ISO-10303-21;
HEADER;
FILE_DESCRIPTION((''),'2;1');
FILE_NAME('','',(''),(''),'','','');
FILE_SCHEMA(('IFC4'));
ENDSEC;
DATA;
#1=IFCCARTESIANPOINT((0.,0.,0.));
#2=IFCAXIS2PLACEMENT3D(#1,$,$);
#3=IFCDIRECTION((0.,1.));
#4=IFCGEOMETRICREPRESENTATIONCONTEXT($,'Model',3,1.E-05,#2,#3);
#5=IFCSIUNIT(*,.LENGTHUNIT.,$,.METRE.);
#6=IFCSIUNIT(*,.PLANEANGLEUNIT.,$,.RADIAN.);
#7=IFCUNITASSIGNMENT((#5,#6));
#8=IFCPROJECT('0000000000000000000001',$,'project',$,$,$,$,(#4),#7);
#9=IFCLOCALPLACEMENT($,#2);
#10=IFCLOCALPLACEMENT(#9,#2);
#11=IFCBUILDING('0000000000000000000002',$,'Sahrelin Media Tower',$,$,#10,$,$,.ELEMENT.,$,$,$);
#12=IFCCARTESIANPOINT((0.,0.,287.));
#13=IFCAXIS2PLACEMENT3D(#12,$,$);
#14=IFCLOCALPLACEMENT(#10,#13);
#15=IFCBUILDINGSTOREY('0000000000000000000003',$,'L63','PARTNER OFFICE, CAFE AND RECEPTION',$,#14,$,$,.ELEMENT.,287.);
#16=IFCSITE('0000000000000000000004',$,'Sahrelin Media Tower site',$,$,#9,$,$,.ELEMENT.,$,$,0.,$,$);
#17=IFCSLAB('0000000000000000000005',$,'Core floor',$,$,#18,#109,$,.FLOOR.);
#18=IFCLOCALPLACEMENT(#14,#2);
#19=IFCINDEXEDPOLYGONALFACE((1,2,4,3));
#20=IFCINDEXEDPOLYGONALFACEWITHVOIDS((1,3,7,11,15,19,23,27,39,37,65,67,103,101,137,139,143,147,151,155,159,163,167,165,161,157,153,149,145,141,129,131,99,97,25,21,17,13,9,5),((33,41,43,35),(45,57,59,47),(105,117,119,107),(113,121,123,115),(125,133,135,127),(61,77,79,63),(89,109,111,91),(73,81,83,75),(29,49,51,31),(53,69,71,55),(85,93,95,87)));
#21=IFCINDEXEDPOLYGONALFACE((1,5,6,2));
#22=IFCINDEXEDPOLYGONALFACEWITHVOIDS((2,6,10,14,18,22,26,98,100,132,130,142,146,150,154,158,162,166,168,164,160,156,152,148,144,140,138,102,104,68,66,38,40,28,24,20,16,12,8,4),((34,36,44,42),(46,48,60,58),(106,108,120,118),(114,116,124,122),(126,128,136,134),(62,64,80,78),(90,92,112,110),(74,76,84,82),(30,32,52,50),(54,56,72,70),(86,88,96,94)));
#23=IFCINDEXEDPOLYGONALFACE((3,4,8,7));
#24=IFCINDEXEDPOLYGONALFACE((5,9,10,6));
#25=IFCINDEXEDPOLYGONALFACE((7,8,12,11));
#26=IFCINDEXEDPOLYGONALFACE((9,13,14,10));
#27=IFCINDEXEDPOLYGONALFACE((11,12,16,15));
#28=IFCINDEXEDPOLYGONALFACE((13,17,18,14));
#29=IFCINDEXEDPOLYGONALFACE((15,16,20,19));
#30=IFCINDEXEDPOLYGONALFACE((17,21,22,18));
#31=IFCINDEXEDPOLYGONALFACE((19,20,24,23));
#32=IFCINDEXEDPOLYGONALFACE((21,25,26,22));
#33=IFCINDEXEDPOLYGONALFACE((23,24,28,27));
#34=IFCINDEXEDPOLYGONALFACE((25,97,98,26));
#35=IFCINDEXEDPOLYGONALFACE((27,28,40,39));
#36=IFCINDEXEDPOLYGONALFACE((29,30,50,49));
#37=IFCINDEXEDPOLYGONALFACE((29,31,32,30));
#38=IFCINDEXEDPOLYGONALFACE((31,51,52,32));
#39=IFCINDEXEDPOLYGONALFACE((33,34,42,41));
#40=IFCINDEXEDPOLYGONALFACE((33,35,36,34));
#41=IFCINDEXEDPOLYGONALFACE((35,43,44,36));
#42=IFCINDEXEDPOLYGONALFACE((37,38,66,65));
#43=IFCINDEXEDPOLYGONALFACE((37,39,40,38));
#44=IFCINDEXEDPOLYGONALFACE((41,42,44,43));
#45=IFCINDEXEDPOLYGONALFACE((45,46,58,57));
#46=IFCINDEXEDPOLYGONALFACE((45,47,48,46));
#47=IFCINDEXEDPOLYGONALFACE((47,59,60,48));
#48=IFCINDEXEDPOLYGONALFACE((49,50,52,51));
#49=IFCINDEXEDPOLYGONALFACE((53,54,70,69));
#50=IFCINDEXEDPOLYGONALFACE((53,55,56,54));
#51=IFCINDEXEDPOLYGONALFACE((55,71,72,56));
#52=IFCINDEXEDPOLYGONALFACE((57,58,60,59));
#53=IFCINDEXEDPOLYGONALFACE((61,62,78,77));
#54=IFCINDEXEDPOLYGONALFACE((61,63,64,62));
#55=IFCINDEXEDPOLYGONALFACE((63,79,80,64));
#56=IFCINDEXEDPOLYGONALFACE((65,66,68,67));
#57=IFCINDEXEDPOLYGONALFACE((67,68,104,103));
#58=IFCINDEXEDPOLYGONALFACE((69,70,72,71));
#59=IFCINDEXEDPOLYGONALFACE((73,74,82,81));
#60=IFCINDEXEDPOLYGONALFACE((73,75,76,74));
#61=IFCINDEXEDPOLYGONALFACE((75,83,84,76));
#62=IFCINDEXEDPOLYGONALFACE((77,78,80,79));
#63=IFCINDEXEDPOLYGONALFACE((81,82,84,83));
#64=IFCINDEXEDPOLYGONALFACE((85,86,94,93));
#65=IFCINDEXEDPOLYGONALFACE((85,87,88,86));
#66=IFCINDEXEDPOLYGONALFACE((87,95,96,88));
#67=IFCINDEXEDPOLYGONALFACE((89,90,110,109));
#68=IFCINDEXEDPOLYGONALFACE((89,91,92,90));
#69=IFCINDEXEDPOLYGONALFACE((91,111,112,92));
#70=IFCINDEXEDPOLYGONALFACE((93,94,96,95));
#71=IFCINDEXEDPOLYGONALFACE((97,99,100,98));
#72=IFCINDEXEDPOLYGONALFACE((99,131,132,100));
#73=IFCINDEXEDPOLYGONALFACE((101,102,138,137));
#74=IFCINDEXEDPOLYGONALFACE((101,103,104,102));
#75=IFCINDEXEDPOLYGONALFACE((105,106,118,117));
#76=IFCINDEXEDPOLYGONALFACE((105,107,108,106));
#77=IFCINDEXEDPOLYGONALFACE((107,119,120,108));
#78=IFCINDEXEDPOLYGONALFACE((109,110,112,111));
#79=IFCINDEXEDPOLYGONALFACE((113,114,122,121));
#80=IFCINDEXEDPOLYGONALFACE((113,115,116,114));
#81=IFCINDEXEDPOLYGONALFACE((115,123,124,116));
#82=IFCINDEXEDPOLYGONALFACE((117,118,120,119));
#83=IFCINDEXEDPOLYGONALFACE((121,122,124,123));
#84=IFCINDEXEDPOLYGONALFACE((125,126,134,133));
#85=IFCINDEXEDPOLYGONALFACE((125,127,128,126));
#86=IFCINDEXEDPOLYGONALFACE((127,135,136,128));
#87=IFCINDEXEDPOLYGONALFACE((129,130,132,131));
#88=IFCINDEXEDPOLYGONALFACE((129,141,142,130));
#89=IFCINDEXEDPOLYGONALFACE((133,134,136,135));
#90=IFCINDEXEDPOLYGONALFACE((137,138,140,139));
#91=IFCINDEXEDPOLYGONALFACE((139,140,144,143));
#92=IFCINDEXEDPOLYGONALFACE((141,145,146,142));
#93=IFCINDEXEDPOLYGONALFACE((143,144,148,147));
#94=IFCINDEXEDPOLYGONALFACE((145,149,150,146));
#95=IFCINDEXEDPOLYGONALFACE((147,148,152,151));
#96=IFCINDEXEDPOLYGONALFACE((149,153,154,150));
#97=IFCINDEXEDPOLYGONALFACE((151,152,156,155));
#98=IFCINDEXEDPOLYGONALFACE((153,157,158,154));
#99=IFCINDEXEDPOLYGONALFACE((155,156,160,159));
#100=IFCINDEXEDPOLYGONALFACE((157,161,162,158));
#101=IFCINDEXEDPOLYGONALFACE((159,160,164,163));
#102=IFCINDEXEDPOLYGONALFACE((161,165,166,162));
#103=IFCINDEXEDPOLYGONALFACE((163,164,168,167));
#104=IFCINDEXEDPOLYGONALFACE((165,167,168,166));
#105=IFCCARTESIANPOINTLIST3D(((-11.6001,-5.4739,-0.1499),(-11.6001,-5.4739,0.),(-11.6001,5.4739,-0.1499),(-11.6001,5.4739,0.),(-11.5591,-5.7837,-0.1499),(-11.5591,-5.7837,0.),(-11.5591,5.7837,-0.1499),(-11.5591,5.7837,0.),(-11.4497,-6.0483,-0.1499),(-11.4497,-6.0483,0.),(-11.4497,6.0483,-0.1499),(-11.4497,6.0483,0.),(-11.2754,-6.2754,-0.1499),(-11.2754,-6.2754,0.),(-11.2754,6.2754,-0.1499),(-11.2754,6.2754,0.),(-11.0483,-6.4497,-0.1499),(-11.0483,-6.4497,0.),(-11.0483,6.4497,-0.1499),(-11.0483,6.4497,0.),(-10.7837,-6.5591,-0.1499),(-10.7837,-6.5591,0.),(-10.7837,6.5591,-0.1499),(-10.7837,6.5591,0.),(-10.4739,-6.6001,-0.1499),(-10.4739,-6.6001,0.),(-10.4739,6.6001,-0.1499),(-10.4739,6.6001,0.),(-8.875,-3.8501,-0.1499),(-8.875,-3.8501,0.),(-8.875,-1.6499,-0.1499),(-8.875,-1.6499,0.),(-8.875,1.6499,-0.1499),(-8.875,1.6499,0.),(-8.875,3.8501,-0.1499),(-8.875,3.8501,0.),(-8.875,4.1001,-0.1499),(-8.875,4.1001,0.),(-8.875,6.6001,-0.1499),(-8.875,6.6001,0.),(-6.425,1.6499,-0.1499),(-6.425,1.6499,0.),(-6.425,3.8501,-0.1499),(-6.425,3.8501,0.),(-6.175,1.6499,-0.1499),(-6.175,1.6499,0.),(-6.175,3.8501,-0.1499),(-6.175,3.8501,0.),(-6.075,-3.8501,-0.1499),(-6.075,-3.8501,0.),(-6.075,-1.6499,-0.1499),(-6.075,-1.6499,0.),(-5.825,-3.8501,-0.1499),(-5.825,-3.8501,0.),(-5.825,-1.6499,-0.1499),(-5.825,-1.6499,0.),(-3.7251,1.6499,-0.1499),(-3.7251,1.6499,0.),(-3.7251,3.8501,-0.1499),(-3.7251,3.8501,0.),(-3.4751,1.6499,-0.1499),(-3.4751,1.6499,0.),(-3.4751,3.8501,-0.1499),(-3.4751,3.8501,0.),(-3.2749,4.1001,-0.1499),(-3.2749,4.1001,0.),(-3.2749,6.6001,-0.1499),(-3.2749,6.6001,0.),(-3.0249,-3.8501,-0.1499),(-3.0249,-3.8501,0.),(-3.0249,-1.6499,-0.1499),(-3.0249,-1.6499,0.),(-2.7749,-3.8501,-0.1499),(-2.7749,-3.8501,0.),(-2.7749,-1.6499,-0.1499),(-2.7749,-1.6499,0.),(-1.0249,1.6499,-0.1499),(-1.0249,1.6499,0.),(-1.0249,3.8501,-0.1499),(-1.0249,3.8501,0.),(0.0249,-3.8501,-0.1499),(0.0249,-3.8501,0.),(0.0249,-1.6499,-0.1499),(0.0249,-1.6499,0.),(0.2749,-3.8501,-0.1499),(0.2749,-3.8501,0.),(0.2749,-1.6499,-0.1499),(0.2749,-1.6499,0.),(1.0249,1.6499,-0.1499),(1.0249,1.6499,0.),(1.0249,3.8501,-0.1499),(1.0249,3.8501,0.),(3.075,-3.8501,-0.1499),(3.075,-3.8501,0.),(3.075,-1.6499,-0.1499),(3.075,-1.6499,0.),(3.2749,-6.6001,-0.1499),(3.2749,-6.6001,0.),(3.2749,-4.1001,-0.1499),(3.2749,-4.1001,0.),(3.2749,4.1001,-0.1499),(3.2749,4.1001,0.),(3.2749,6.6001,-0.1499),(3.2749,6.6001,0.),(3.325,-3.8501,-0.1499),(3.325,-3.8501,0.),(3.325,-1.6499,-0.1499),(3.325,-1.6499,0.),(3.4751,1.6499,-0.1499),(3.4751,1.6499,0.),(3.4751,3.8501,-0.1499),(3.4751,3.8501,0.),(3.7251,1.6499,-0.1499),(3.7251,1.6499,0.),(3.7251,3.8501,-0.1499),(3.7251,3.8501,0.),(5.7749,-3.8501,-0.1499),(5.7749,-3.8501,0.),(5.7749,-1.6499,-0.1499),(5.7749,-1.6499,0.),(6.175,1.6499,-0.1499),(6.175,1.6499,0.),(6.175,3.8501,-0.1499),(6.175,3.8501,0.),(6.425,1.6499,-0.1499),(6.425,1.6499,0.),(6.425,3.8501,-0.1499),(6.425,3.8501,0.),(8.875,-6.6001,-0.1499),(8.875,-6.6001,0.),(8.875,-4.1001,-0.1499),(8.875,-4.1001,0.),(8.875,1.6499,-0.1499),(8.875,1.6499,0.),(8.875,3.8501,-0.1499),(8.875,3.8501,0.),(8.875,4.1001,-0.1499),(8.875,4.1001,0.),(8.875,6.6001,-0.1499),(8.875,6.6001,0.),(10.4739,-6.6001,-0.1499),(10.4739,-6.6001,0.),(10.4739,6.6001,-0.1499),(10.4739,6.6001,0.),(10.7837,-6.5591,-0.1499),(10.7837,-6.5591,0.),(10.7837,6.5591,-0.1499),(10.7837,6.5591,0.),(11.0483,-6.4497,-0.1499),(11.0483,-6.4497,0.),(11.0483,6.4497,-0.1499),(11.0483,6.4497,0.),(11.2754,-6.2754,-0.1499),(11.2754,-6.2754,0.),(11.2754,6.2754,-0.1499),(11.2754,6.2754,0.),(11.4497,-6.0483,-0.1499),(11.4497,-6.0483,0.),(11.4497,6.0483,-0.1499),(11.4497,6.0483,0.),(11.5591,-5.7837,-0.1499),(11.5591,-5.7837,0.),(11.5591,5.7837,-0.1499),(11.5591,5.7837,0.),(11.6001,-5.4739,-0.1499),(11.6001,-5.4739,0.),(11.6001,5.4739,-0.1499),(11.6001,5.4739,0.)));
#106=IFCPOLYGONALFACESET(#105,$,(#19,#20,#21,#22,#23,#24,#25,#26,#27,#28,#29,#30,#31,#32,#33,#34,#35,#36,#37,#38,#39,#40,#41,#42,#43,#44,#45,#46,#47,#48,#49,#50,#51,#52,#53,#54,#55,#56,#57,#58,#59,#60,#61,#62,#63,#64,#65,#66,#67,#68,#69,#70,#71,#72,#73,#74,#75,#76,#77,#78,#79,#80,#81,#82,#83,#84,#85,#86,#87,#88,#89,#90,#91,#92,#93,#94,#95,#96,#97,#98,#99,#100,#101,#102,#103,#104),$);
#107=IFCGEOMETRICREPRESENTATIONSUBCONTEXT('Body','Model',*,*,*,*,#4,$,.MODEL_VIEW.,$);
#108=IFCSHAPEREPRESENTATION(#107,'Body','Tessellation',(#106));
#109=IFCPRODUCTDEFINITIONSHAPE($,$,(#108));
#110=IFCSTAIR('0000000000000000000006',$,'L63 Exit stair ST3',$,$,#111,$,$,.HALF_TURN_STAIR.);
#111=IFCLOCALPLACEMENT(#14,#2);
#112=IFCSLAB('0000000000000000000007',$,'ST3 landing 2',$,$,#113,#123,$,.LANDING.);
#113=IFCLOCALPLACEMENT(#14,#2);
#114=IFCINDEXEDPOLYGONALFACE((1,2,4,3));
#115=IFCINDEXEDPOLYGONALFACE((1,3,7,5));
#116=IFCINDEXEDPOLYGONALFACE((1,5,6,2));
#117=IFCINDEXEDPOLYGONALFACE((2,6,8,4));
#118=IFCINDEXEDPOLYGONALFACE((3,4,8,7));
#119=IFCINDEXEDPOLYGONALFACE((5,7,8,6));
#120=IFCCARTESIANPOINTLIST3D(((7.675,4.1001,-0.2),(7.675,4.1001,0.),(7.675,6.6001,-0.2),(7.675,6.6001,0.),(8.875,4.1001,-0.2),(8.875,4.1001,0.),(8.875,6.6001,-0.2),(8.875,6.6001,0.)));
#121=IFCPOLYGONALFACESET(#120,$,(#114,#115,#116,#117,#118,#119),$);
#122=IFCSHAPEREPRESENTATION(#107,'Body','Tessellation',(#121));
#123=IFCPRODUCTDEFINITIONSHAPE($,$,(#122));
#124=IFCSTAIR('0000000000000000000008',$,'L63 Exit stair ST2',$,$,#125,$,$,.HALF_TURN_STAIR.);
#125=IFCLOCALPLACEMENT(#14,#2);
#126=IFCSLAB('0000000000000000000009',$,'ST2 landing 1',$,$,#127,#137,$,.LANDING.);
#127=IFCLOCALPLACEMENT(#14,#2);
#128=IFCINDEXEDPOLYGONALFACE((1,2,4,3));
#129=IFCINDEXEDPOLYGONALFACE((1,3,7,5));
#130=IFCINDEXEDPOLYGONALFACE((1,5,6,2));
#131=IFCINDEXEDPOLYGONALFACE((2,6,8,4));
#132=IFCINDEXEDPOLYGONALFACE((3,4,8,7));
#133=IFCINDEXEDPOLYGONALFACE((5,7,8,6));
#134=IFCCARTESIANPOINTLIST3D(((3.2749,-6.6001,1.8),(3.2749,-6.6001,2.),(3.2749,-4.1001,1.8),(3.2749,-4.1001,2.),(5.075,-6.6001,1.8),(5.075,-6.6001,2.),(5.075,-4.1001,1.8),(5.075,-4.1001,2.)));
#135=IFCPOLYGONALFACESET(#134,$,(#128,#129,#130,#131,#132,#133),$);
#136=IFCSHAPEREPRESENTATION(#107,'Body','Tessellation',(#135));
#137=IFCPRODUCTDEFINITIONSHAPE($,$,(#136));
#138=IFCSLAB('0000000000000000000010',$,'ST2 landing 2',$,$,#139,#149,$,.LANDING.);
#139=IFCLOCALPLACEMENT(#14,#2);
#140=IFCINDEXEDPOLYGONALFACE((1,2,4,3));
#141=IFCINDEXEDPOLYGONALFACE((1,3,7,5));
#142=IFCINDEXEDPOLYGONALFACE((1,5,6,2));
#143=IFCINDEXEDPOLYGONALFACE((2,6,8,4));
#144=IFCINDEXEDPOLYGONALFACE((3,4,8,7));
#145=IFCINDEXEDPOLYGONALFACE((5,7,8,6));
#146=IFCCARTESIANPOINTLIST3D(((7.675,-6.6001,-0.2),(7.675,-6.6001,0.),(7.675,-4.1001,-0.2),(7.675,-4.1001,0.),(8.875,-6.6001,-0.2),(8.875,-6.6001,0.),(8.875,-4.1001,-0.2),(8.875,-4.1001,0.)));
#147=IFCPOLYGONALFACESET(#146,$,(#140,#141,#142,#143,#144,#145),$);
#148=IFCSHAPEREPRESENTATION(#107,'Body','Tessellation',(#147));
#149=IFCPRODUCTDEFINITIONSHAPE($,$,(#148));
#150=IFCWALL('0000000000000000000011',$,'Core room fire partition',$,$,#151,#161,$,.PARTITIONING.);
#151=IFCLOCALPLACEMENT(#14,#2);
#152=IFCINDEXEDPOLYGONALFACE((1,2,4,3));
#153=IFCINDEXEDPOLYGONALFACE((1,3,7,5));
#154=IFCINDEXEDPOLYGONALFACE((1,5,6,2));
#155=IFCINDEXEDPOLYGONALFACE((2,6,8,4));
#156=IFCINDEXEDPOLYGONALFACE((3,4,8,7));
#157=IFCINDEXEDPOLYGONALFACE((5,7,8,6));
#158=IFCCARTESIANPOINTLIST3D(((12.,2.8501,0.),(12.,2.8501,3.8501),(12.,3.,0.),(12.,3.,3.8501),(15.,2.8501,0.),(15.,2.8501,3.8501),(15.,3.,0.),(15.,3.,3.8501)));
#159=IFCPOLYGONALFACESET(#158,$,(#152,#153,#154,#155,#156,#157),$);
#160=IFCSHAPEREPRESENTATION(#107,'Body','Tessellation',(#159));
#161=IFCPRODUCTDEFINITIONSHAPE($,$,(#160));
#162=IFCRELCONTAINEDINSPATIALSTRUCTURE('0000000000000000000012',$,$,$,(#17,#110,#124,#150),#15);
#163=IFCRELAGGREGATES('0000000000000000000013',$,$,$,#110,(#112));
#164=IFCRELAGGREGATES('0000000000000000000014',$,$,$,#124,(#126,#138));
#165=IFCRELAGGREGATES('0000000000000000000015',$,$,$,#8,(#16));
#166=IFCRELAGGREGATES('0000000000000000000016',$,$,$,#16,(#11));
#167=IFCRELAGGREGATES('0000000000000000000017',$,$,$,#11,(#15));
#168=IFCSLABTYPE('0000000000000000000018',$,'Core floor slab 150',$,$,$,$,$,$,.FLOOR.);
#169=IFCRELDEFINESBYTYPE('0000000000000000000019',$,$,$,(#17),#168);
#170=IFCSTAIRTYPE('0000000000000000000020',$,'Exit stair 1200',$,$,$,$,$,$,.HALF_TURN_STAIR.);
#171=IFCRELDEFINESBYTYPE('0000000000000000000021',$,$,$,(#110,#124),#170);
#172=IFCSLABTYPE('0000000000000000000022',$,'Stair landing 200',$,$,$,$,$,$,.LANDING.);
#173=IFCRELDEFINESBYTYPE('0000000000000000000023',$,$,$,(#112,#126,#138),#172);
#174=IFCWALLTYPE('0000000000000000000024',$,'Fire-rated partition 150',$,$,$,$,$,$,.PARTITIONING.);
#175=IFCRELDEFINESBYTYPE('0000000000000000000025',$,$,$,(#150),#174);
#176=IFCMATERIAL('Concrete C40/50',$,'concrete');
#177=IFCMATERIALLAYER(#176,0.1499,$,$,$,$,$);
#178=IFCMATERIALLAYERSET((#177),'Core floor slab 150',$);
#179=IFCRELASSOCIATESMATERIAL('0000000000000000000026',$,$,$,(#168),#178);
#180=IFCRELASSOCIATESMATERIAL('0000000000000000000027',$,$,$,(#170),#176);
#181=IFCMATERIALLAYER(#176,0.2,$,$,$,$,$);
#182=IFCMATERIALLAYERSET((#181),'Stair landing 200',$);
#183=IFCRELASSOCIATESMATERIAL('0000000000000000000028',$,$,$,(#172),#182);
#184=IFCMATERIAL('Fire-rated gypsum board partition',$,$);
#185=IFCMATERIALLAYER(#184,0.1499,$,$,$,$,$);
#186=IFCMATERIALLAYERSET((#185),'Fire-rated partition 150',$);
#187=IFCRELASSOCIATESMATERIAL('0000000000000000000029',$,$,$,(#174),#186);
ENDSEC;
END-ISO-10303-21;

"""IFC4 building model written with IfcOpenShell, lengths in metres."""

from ifc_helpers import new_model, si_unit, direction, frame, frame_2d, origin, place, context, subcontext, project, spatial, polyline, rectangle, outline, extrude, material, layer, layer_set, type_object, element, aggregate, save


model = new_model("IFC4")

# Units and contexts
model_context = context("Model", 3, precision=1e-05, world=origin(), true_north=direction((0.0, 1.0)))
body_context = subcontext(model_context, "Body", "Model", "MODEL_VIEW")
ifc_project = project(units=[si_unit("LENGTHUNIT", "METRE"), si_unit("PLANEANGLEUNIT", "RADIAN")], contexts=[model_context])

# Site, building, storey
site_placement = place(None, origin())
site = spatial("IfcSite", under=ifc_project, at=site_placement, Name="Sahrelin Media Tower site", CompositionType="ELEMENT", RefElevation=0.0)
building_placement = place(site_placement, origin())
building = spatial("IfcBuilding", under=site, at=building_placement, Name="Sahrelin Media Tower", CompositionType="ELEMENT")
storey_placement = place(building_placement, frame((0.0, 0.0, 287.0)))
storey = spatial("IfcBuildingStorey", under=building, at=storey_placement, Name="L63", Description="PARTNER OFFICE, CAFE AND RECEPTION", CompositionType="ELEMENT", Elevation=287.0)

# Slab
ifc_material_1 = material(Name="Concrete C40/50", Category="concrete")
ifc_layer_1 = layer(ifc_material_1, 0.1499)
ifc_layer_set_1 = layer_set([ifc_layer_1], Name="Core floor slab 150")
slab_type_1 = type_object("IfcSlabType", Name="Core floor slab 150", PredefinedType="FLOOR", material=ifc_layer_set_1)
slab_1_placement = place(storey_placement, frame((0.0, 0.0, -0.1499)))
element("IfcSlab", 1, at=slab_1_placement, inside=storey, type_object=slab_type_1, Name="Core floor", PredefinedType="FLOOR", context=body_context, shape_type="SweptSolid", body=[
    extrude(outline(polyline([(-11.6001, -5.4739), (-11.5591, -5.7837), (-11.4497, -6.0483), (-11.2754, -6.2754), (-11.0483, -6.4497), (-10.7837, -6.5591), (-10.4739, -6.6001), (3.2749, -6.6001), (3.2749, -4.1001), (8.875, -4.1001), (8.875, -6.6001), (10.4739, -6.6001), (10.7837, -6.5591), (11.0483, -6.4497), (11.2754, -6.2754), (11.4497, -6.0483), (11.5591, -5.7837), (11.6001, -5.4739), (11.6001, 5.4739), (11.5591, 5.7837), (11.4497, 6.0483), (11.2754, 6.2754), (11.0483, 6.4497), (10.7837, 6.5591), (10.4739, 6.6001), (8.875, 6.6001), (8.875, 4.1001), (3.2749, 4.1001), (3.2749, 6.6001), (-3.2749, 6.6001), (-3.2749, 4.1001), (-8.875, 4.1001), (-8.875, 6.6001), (-10.4739, 6.6001), (-10.7837, 6.5591), (-11.0483, 6.4497), (-11.2754, 6.2754), (-11.4497, 6.0483), (-11.5591, 5.7837), (-11.6001, 5.4739), (-11.6001, -5.4739)]), holes=[polyline([(-8.875, 3.8501), (-8.875, 1.6499), (-6.425, 1.6499), (-6.425, 3.8501), (-8.875, 3.8501)]), polyline([(-3.7251, 3.8501), (-6.175, 3.8501), (-6.175, 1.6499), (-3.7251, 1.6499), (-3.7251, 3.8501)]), polyline([(-1.0249, 1.6499), (-1.0249, 3.8501), (-3.4751, 3.8501), (-3.4751, 1.6499), (-1.0249, 1.6499)]), polyline([(1.0249, 1.6499), (3.4751, 1.6499), (3.4751, 3.8501), (1.0249, 3.8501), (1.0249, 1.6499)]), polyline([(3.7251, 3.8501), (3.7251, 1.6499), (6.175, 1.6499), (6.175, 3.8501), (3.7251, 3.8501)]), polyline([(8.875, 3.8501), (6.425, 3.8501), (6.425, 1.6499), (8.875, 1.6499), (8.875, 3.8501)]), polyline([(-6.075, -3.8501), (-6.075, -1.6499), (-8.875, -1.6499), (-8.875, -3.8501), (-6.075, -3.8501)]), polyline([(-5.825, -3.8501), (-3.0249, -3.8501), (-3.0249, -1.6499), (-5.825, -1.6499), (-5.825, -3.8501)]), polyline([(-2.7749, -1.6499), (-2.7749, -3.8501), (0.0249, -3.8501), (0.0249, -1.6499), (-2.7749, -1.6499)]), polyline([(3.075, -1.6499), (0.2749, -1.6499), (0.2749, -3.8501), (3.075, -3.8501), (3.075, -1.6499)]), polyline([(5.7749, -3.8501), (5.7749, -1.6499), (3.325, -1.6499), (3.325, -3.8501), (5.7749, -3.8501)])]), origin(), (0.0, 0.0, 1.0), 0.1499),
])

# Stair, slab
stair_type = type_object("IfcStairType", Name="Exit stair 1200", PredefinedType="HALF_TURN_STAIR", material=ifc_material_1)
placement_1 = place(storey_placement, origin())
stair_1 = element("IfcStair", 2, at=placement_1, inside=storey, type_object=stair_type, Name="L63 Exit stair ST3", PredefinedType="HALF_TURN_STAIR")
ifc_layer_2 = layer(ifc_material_1, 0.2)
ifc_layer_set_2 = layer_set([ifc_layer_2], Name="Stair landing 200")
slab_type_2 = type_object("IfcSlabType", Name="Stair landing 200", PredefinedType="LANDING", material=ifc_layer_set_2)
placement_2 = place(storey_placement, frame((0.0, 0.0, -0.2)))
slab_2 = element("IfcSlab", 3, at=placement_2, type_object=slab_type_2, Name="ST3 landing 2", PredefinedType="LANDING", context=body_context, shape_type="SweptSolid", body=[
    extrude(outline(polyline([(8.875, 6.6001), (7.675, 6.6001), (7.675, 4.1001), (8.875, 4.1001), (8.875, 6.6001)])), origin(), (0.0, 0.0, 1.0), 0.2),
])
aggregate(stair_1, [slab_2])

# Stair, slabs
stair_2 = element("IfcStair", 4, at=placement_1, inside=storey, type_object=stair_type, Name="L63 Exit stair ST2", PredefinedType="HALF_TURN_STAIR")
slab_3_placement = place(storey_placement, frame((0.0, 0.0, 1.8)))
slab_3 = element("IfcSlab", 5, at=slab_3_placement, type_object=slab_type_2, Name="ST2 landing 1", PredefinedType="LANDING", context=body_context, shape_type="SweptSolid", body=[
    extrude(outline(polyline([(5.075, -4.1001), (3.2749, -4.1001), (3.2749, -6.6001), (5.075, -6.6001), (5.075, -4.1001)])), origin(), (0.0, 0.0, 1.0), 0.2),
])
slab_4 = element("IfcSlab", 6, at=placement_2, type_object=slab_type_2, Name="ST2 landing 2", PredefinedType="LANDING", context=body_context, shape_type="SweptSolid", body=[
    extrude(outline(polyline([(8.875, -4.1001), (7.675, -4.1001), (7.675, -6.6001), (8.875, -6.6001), (8.875, -4.1001)])), origin(), (0.0, 0.0, 1.0), 0.2),
])
aggregate(stair_2, [slab_3, slab_4])

# Wall
ifc_material_2 = material(Name="Fire-rated gypsum board partition")
ifc_layer_3 = layer(ifc_material_2, 0.1499)
ifc_layer_set_3 = layer_set([ifc_layer_3], Name="Fire-rated partition 150")
wall_type_1 = type_object("IfcWallType", Name="Fire-rated partition 150", PredefinedType="PARTITIONING", material=ifc_layer_set_3)
wall_1_placement = place(storey_placement, frame((12.0, 2.925, 0.0), z_axis=(0.0, 0.0, 1.0), x_axis=(1.0, 0.0, 0.0)))
element("IfcWall", 7, at=wall_1_placement, inside=storey, type_object=wall_type_1, Name="Core room fire partition", PredefinedType="PARTITIONING", context=body_context, shape_type="SweptSolid", body=[
    extrude(rectangle(XDim=3.0, YDim=0.1499, at=frame_2d((1.5, 0.0))), origin(), (0.0, 0.0, 1.0), 3.8501),
])

save(model, "model.ifc")
